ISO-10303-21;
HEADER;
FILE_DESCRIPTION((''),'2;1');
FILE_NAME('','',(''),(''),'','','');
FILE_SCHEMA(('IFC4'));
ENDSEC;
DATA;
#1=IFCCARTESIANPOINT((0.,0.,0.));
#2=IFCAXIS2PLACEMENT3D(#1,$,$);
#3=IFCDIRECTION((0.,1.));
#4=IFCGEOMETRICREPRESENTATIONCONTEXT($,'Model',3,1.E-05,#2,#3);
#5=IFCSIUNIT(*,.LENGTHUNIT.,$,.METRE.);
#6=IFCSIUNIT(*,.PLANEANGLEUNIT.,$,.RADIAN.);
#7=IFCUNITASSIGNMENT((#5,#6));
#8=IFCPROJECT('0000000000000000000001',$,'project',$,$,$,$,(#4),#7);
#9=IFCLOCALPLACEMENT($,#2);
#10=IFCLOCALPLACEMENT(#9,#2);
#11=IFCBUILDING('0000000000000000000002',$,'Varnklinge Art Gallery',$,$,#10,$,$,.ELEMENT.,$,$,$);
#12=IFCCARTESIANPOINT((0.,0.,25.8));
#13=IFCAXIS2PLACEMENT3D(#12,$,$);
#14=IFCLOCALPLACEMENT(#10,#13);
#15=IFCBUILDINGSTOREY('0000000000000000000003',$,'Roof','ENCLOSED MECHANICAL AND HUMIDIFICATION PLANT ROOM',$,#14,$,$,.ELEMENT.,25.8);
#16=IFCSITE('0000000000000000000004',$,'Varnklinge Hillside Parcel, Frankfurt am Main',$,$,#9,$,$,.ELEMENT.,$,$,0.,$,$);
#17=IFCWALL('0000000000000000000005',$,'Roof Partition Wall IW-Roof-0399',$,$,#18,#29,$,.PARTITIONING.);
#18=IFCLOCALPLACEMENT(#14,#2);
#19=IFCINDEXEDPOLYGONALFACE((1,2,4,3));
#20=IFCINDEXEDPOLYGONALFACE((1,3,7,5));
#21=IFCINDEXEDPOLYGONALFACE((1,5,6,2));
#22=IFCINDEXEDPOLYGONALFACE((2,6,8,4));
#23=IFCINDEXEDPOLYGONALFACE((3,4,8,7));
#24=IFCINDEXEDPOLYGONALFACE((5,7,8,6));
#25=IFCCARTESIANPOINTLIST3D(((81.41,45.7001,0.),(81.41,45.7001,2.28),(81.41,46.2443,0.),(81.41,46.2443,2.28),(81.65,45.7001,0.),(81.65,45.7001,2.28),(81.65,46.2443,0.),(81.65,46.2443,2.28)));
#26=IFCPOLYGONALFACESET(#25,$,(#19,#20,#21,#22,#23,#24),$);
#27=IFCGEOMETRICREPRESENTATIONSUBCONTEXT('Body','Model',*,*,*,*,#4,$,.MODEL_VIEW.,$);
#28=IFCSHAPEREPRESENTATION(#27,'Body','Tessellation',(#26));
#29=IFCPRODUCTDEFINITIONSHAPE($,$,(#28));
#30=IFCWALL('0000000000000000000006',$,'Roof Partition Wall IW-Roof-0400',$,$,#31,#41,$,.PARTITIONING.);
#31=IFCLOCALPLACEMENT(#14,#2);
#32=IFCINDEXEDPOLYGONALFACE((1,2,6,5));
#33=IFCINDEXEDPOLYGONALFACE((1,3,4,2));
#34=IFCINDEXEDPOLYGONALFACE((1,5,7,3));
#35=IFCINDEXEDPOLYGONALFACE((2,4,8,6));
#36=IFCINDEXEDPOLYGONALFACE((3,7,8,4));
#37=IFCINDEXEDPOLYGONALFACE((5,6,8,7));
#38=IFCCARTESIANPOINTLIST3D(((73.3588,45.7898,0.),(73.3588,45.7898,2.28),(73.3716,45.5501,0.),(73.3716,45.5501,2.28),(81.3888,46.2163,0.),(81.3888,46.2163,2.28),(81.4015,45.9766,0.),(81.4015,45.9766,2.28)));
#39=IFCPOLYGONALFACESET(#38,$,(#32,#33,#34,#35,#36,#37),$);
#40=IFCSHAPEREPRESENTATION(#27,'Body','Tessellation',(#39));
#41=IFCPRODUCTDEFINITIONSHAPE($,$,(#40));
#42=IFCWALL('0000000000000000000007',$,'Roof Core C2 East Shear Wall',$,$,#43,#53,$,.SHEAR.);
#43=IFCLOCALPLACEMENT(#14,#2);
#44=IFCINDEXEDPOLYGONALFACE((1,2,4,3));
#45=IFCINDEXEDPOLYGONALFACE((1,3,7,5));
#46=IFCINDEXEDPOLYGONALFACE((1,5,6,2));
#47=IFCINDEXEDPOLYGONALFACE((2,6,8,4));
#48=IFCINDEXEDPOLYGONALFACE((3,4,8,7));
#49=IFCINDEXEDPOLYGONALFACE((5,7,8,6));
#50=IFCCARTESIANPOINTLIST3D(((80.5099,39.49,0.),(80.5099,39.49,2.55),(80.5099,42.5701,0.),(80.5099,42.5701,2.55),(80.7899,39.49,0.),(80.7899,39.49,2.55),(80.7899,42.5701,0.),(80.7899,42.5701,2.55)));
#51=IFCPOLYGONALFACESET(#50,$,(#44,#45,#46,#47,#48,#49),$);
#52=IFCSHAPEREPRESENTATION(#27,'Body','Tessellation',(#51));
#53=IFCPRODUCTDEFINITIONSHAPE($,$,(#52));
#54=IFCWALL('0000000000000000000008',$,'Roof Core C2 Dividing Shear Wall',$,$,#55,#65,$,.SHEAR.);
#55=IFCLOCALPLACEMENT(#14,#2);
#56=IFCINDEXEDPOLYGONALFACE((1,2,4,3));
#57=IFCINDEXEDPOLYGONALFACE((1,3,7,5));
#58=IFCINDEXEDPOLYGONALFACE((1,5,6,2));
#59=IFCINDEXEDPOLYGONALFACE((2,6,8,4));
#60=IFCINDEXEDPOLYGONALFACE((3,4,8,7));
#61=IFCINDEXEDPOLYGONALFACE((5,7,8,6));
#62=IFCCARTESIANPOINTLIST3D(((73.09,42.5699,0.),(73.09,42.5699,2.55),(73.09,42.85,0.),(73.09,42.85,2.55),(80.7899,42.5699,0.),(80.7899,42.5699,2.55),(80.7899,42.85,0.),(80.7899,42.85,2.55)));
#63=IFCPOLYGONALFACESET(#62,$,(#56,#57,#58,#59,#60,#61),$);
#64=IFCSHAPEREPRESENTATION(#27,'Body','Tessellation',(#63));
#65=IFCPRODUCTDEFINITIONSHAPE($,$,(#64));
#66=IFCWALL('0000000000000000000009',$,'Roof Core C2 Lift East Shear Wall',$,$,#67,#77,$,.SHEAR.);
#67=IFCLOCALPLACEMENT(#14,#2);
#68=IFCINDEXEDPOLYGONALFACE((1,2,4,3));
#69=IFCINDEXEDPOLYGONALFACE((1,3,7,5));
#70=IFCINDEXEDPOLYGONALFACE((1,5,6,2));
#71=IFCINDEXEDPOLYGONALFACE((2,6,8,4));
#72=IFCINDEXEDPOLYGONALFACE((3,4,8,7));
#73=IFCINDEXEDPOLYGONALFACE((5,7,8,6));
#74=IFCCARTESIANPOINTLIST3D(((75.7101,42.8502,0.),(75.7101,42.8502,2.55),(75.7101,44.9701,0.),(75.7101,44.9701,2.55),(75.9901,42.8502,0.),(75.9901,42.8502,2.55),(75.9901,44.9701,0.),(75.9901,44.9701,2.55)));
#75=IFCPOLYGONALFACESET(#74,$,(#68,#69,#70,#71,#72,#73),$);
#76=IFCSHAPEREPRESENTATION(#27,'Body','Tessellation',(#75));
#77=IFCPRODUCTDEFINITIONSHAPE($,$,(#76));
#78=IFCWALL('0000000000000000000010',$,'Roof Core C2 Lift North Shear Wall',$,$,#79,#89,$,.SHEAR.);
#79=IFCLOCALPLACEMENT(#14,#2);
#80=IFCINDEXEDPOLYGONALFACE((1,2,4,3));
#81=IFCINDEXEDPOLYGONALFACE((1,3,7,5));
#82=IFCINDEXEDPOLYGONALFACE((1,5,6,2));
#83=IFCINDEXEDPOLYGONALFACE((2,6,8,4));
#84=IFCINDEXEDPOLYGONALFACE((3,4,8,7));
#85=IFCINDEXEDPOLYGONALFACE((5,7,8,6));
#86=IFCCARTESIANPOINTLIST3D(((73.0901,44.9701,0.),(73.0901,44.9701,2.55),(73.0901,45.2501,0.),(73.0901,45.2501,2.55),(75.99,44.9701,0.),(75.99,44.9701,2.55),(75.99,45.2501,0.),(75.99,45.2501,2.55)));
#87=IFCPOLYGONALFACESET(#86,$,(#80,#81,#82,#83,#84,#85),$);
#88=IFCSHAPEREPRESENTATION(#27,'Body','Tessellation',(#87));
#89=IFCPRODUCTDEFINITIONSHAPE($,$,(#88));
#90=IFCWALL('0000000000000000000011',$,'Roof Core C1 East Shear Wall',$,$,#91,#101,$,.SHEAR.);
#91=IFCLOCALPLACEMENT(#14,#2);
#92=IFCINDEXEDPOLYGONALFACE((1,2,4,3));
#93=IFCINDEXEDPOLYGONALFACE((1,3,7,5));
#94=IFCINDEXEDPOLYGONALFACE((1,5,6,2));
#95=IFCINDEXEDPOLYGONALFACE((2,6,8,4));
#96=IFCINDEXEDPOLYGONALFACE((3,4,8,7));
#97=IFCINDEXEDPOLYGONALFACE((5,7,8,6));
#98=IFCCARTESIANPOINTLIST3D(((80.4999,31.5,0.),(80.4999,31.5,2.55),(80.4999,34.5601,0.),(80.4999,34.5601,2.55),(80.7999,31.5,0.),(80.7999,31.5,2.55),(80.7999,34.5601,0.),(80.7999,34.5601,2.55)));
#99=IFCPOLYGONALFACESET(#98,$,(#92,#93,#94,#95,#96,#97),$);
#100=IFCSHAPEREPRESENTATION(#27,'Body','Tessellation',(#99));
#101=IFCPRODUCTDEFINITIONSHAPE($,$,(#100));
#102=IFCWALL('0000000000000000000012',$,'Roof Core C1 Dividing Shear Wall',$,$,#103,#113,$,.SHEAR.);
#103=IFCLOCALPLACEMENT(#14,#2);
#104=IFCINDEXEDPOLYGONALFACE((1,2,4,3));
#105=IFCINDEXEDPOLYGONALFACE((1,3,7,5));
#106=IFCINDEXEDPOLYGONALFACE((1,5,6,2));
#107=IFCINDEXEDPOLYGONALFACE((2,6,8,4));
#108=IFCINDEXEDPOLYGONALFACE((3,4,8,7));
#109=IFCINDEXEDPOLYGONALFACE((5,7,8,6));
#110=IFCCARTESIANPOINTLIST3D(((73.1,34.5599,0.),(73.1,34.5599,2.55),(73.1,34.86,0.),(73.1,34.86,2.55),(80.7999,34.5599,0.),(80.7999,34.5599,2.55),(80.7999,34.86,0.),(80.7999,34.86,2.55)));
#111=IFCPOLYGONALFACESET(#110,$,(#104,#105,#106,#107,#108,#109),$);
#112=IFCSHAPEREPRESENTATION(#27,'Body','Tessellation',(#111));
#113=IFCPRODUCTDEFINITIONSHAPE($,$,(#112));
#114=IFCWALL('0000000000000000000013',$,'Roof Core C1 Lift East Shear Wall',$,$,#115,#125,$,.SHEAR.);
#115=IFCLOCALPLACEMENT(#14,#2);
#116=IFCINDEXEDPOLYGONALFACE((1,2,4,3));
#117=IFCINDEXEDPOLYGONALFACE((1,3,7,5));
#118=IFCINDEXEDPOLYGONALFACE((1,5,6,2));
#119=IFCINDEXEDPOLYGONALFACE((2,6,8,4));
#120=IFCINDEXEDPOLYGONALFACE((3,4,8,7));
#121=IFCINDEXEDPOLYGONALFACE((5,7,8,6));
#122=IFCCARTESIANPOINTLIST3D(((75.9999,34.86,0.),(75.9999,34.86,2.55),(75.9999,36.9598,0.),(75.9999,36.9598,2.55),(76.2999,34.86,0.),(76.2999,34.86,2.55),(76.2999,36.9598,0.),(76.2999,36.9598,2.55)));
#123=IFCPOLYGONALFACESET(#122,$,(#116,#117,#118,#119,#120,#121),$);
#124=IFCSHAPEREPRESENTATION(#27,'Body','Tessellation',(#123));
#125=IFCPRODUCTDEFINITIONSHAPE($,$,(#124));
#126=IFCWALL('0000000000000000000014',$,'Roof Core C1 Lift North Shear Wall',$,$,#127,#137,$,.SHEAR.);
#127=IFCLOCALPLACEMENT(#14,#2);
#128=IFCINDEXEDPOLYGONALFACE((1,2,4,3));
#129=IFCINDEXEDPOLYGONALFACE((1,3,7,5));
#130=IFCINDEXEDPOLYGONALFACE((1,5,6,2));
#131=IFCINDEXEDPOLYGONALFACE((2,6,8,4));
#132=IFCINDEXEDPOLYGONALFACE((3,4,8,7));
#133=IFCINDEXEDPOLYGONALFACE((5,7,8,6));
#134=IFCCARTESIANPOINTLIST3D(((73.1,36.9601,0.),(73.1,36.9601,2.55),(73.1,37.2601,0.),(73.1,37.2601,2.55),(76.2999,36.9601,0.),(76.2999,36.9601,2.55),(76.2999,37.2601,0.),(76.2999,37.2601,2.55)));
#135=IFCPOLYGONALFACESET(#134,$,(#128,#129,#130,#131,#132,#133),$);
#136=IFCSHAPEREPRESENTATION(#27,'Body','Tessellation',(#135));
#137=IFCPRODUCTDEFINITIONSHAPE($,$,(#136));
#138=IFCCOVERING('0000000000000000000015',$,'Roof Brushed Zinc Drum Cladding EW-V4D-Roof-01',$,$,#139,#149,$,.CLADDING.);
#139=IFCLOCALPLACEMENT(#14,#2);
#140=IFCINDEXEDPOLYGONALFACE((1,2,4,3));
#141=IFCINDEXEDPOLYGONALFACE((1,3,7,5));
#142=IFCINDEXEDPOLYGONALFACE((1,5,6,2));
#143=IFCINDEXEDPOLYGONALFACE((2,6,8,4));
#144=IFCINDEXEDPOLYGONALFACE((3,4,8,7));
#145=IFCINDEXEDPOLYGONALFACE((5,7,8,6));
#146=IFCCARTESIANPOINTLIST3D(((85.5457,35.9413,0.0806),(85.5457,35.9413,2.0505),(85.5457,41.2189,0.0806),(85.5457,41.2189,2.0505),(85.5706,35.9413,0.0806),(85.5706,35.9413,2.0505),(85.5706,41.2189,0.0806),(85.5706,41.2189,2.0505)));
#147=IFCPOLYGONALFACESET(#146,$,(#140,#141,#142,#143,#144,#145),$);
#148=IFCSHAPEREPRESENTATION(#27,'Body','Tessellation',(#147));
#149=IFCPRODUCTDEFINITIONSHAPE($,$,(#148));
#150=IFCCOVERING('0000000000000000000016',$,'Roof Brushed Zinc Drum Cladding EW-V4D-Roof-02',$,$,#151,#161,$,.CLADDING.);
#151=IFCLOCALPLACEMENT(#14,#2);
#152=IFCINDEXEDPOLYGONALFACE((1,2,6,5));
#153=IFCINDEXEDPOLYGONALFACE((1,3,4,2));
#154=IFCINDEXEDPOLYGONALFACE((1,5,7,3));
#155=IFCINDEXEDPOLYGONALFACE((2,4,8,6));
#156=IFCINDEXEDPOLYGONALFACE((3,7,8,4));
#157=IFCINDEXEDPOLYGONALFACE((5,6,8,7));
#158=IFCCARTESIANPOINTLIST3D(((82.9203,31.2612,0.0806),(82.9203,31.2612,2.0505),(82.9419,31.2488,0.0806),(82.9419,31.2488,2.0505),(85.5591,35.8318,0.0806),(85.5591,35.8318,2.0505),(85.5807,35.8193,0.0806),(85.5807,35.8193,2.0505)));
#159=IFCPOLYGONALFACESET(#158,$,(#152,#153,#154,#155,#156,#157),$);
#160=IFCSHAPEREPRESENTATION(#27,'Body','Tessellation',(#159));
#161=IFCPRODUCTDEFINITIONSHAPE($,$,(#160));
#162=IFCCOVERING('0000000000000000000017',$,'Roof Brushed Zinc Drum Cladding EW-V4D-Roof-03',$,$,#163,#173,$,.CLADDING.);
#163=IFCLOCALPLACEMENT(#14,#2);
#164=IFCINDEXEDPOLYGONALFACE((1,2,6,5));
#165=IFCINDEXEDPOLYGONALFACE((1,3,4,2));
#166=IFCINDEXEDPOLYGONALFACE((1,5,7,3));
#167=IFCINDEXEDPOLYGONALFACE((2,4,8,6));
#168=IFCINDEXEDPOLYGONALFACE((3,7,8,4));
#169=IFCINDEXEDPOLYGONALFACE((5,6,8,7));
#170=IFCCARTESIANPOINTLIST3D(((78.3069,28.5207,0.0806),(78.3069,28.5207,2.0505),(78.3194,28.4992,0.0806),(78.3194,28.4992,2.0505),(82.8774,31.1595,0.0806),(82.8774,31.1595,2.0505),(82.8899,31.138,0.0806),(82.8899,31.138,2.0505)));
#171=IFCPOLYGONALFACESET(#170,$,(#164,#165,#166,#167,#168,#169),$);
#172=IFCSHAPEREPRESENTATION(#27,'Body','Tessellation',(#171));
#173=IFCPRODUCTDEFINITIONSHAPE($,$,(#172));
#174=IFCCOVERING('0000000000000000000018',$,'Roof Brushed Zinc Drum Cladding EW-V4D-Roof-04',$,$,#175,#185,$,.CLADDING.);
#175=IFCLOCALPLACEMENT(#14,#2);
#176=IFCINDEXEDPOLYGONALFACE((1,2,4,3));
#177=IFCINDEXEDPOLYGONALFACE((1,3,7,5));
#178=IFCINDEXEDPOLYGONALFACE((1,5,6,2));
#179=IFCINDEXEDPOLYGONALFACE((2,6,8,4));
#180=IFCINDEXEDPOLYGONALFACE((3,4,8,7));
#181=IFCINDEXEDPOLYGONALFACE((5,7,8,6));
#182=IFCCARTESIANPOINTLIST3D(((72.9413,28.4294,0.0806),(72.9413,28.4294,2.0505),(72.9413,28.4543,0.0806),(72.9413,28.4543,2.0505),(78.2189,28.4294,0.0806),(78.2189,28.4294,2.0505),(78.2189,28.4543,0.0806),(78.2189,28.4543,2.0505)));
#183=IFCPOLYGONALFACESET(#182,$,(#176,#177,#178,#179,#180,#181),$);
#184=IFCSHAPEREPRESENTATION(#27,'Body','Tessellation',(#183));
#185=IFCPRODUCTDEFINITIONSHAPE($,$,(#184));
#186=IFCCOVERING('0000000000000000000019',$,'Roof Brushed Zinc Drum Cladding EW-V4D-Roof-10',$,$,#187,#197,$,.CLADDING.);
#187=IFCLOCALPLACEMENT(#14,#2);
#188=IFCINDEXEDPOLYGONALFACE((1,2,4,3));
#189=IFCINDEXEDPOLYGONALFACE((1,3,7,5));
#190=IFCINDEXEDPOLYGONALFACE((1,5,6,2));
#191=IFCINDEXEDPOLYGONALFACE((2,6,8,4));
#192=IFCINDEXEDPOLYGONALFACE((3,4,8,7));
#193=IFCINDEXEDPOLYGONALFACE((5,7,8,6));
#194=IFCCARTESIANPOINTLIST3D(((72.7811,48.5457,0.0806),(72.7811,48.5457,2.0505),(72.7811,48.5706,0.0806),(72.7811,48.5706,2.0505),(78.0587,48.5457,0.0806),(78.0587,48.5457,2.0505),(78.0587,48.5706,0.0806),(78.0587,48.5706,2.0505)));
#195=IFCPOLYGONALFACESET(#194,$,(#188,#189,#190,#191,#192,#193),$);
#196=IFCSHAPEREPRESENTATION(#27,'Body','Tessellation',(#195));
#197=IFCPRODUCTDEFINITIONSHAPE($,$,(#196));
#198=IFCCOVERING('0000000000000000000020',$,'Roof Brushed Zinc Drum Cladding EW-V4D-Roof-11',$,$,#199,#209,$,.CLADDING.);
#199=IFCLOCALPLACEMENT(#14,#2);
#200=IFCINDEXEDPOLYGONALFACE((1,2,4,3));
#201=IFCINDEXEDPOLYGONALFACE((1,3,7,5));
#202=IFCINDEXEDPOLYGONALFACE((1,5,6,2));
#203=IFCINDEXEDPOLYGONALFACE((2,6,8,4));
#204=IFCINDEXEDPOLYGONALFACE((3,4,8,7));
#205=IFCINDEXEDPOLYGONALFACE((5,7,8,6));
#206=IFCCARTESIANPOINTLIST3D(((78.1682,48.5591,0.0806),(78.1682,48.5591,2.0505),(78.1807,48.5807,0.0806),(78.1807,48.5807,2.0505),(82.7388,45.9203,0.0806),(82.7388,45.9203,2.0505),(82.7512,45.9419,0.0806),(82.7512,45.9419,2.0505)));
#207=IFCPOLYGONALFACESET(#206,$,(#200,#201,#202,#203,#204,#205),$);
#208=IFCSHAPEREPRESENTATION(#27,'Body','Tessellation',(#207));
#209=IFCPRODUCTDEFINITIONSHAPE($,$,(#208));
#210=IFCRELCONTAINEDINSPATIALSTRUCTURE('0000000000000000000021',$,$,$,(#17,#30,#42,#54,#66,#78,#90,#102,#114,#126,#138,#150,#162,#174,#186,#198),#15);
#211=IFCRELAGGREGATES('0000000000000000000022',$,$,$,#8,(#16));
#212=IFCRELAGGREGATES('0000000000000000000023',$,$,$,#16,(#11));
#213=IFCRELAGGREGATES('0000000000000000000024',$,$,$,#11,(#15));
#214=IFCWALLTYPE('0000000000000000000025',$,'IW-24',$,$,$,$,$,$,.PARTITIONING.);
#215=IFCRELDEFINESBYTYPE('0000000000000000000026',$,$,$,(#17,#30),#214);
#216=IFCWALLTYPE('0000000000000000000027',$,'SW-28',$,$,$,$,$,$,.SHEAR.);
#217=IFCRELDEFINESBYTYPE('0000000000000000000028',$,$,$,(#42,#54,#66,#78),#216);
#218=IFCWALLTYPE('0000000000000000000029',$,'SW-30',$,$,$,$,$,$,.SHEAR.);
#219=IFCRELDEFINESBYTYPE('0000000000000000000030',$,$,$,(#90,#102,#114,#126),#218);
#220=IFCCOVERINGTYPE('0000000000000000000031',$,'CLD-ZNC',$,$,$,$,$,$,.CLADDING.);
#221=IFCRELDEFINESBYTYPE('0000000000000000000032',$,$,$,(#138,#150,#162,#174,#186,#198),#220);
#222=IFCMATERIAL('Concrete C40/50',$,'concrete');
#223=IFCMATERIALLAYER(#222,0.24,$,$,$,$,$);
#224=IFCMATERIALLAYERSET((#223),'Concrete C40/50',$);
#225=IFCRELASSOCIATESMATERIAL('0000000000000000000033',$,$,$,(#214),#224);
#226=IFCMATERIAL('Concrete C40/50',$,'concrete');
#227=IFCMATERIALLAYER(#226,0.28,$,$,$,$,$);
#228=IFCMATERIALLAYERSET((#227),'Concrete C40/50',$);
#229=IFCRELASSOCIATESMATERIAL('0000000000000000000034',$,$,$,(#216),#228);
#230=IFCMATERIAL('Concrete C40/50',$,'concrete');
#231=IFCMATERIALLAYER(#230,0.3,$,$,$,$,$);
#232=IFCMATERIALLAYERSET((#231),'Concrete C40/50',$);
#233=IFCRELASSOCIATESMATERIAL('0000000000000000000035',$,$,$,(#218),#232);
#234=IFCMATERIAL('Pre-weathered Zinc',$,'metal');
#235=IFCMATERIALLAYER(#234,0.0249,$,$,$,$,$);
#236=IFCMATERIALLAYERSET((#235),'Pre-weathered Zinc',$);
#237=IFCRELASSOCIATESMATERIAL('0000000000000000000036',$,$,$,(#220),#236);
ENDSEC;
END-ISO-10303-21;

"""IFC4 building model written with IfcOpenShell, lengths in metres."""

from ifc_helpers import new_model, si_unit, direction, frame, frame_2d, origin, origin_2d, place, context, subcontext, project, spatial, rectangle, extrude, material, layer, layer_set, type_object, element, save


model = new_model("IFC4")

# Units and contexts
model_context = context("Model", 3, precision=1e-05, world=origin(), true_north=direction((0.0, 1.0)))
body_context = subcontext(model_context, "Body", "Model", "MODEL_VIEW")
ifc_project = project(units=[si_unit("LENGTHUNIT", "METRE"), si_unit("PLANEANGLEUNIT", "RADIAN")], contexts=[model_context])

# Site, building, storey
site_placement = place(None, origin())
site = spatial("IfcSite", under=ifc_project, at=site_placement, Name="Varnklinge Hillside Parcel, Frankfurt am Main", CompositionType="ELEMENT", RefElevation=0.0)
building_placement = place(site_placement, origin())
building = spatial("IfcBuilding", under=site, at=building_placement, Name="Varnklinge Art Gallery", CompositionType="ELEMENT")
storey_placement = place(building_placement, frame((0.0, 0.0, 25.8)))
storey = spatial("IfcBuildingStorey", under=building, at=storey_placement, Name="Roof", Description="ENCLOSED MECHANICAL AND HUMIDIFICATION PLANT ROOM", CompositionType="ELEMENT", Elevation=25.8)

# Walls
ifc_material_1 = material(Name="Concrete C40/50", Category="concrete")
ifc_layer_1 = layer(ifc_material_1, 0.24)
ifc_layer_set_1 = layer_set([ifc_layer_1], Name="Concrete C40/50")
wall_type_1 = type_object("IfcWallType", Name="IW-24", PredefinedType="PARTITIONING", material=ifc_layer_set_1)
wall_1_placement = place(storey_placement, frame((81.53, 46.2441, 0.0), z_axis=(0.0, 0.0, 1.0), x_axis=(0.0, -1.0, 0.0)))
element("IfcWall", 1, at=wall_1_placement, inside=storey, type_object=wall_type_1, Name="Roof Partition Wall IW-Roof-0399", PredefinedType="PARTITIONING", context=body_context, shape_type="SweptSolid", body=[
    extrude(rectangle(XDim=0.5442, YDim=0.24, at=frame_2d((0.272, 0.0))), origin(), (0.0, 0.0, 1.0), 2.28),
])
wall_2_placement = place(storey_placement, frame((81.395, 46.0964, 0.0), z_axis=(0.0, 0.0, 1.0), x_axis=(-0.998592, -0.05304, 0.0)))
element("IfcWall", 2, at=wall_2_placement, inside=storey, type_object=wall_type_1, Name="Roof Partition Wall IW-Roof-0400", PredefinedType="PARTITIONING", context=body_context, shape_type="SweptSolid", body=[
    extrude(rectangle(XDim=8.0413, YDim=0.24, at=frame_2d((4.0205, 0.0))), origin(), (0.0, 0.0, 1.0), 2.28),
])
ifc_material_2 = material(Name="Concrete C40/50", Category="concrete")
ifc_layer_2 = layer(ifc_material_2, 0.28)
ifc_layer_set_2 = layer_set([ifc_layer_2], Name="Concrete C40/50")
wall_type_2 = type_object("IfcWallType", Name="SW-28", PredefinedType="SHEAR", material=ifc_layer_set_2)
wall_3_placement = place(storey_placement, frame((80.6499, 39.49, 0.0), z_axis=(0.0, 0.0, 1.0), x_axis=(0.0, 1.0, 0.0)))
element("IfcWall", 3, at=wall_3_placement, inside=storey, type_object=wall_type_2, Name="Roof Core C2 East Shear Wall", PredefinedType="SHEAR", context=body_context, shape_type="SweptSolid", body=[
    extrude(rectangle(XDim=3.0801, YDim=0.28, at=frame_2d((1.54, 0.0))), origin(), (0.0, 0.0, 1.0), 2.55),
])
wall_4_placement = place(storey_placement, frame((80.79, 42.71, 0.0), z_axis=(0.0, 0.0, 1.0), x_axis=(-1.0, 0.0, 0.0)))
element("IfcWall", 4, at=wall_4_placement, inside=storey, type_object=wall_type_2, Name="Roof Core C2 Dividing Shear Wall", PredefinedType="SHEAR", context=body_context, shape_type="SweptSolid", body=[
    extrude(rectangle(XDim=7.7, YDim=0.28, at=frame_2d((3.8501, 0.0))), origin(), (0.0, 0.0, 1.0), 2.55),
])
wall_5_placement = place(storey_placement, frame((75.8501, 42.8501, 0.0), z_axis=(0.0, 0.0, 1.0), x_axis=(0.0, 1.0, 0.0)))
element("IfcWall", 5, at=wall_5_placement, inside=storey, type_object=wall_type_2, Name="Roof Core C2 Lift East Shear Wall", PredefinedType="SHEAR", context=body_context, shape_type="SweptSolid", body=[
    extrude(rectangle(XDim=2.1199, YDim=0.28, at=frame_2d((1.0601, 0.0))), origin(), (0.0, 0.0, 1.0), 2.55),
])
wall_6_placement = place(storey_placement, frame((75.99, 45.1101, 0.0), z_axis=(0.0, 0.0, 1.0), x_axis=(-1.0, 0.0, 0.0)))
element("IfcWall", 6, at=wall_6_placement, inside=storey, type_object=wall_type_2, Name="Roof Core C2 Lift North Shear Wall", PredefinedType="SHEAR", context=body_context, shape_type="SweptSolid", body=[
    extrude(rectangle(XDim=2.8999, YDim=0.28, at=frame_2d((1.45, 0.0))), origin(), (0.0, 0.0, 1.0), 2.55),
])
ifc_material_3 = material(Name="Concrete C40/50", Category="concrete")
ifc_layer_3 = layer(ifc_material_3, 0.3)
ifc_layer_set_3 = layer_set([ifc_layer_3], Name="Concrete C40/50")
wall_type_3 = type_object("IfcWallType", Name="SW-30", PredefinedType="SHEAR", material=ifc_layer_set_3)
wall_7_placement = place(storey_placement, frame((80.6499, 31.5, 0.0), z_axis=(0.0, 0.0, 1.0), x_axis=(0.0, 1.0, 0.0)))
element("IfcWall", 7, at=wall_7_placement, inside=storey, type_object=wall_type_3, Name="Roof Core C1 East Shear Wall", PredefinedType="SHEAR", context=body_context, shape_type="SweptSolid", body=[
    extrude(rectangle(XDim=3.0601, YDim=0.3, at=frame_2d((1.53, 0.0))), origin(), (0.0, 0.0, 1.0), 2.55),
])
wall_8_placement = place(storey_placement, frame((80.8, 34.71, 0.0), z_axis=(0.0, 0.0, 1.0), x_axis=(-1.0, 0.0, 0.0)))
element("IfcWall", 8, at=wall_8_placement, inside=storey, type_object=wall_type_3, Name="Roof Core C1 Dividing Shear Wall", PredefinedType="SHEAR", context=body_context, shape_type="SweptSolid", body=[
    extrude(rectangle(XDim=7.7, YDim=0.3, at=frame_2d((3.8501, 0.0))), origin(), (0.0, 0.0, 1.0), 2.55),
])
wall_9_placement = place(storey_placement, frame((76.1499, 34.8601, 0.0), z_axis=(0.0, 0.0, 1.0), x_axis=(0.0, 1.0, 0.0)))
element("IfcWall", 9, at=wall_9_placement, inside=storey, type_object=wall_type_3, Name="Roof Core C1 Lift East Shear Wall", PredefinedType="SHEAR", context=body_context, shape_type="SweptSolid", body=[
    extrude(rectangle(XDim=2.0999, YDim=0.3, at=frame_2d((1.0498, 0.0))), origin(), (0.0, 0.0, 1.0), 2.55),
])
wall_10_placement = place(storey_placement, frame((76.3, 37.1101, 0.0), z_axis=(0.0, 0.0, 1.0), x_axis=(-1.0, 0.0, 0.0)))
element("IfcWall", 10, at=wall_10_placement, inside=storey, type_object=wall_type_3, Name="Roof Core C1 Lift North Shear Wall", PredefinedType="SHEAR", context=body_context, shape_type="SweptSolid", body=[
    extrude(rectangle(XDim=3.2, YDim=0.3, at=frame_2d((1.6001, 0.0))), origin(), (0.0, 0.0, 1.0), 2.55),
])

# Coverings
ifc_material_4 = material(Name="Pre-weathered Zinc", Category="metal")
ifc_layer_4 = layer(ifc_material_4, 0.0249)
ifc_layer_set_4 = layer_set([ifc_layer_4], Name="Pre-weathered Zinc")
covering_type = type_object("IfcCoveringType", Name="CLD-ZNC", PredefinedType="CLADDING", material=ifc_layer_set_4)
for number, where, z_axis, x_axis, name in (
    (11, (85.5581, 38.5801, 0.0806), (0.0, 0.0, 1.0), (0.0, -1.0, 0.0), "Roof Brushed Zinc Drum Cladding EW-V4D-Roof-01"),
    (12, (84.2505, 33.5403, 0.0806), (0.0, 0.0, 1.0), (-0.5, -0.866025, 0.0), "Roof Brushed Zinc Drum Cladding EW-V4D-Roof-02"),
    (13, (80.5984, 29.8293, 0.0806), (0.0, 0.0, 1.0), (-0.866025, -0.5, 0.0), "Roof Brushed Zinc Drum Cladding EW-V4D-Roof-03"),
    (14, (75.5801, 28.4419, 0.0806), (0.0, 0.0, 1.0), (-1.0, 0.0, 0.0), "Roof Brushed Zinc Drum Cladding EW-V4D-Roof-04"),
    (15, (75.4199, 48.5581, 0.0806), (0.0, 0.0, 1.0), (1.0, 0.0, 0.0), "Roof Brushed Zinc Drum Cladding EW-V4D-Roof-10"),
    (16, (80.4597, 47.2505, 0.0806), (0.0, 0.0, 1.0), (0.866025, -0.5, 0.0), "Roof Brushed Zinc Drum Cladding EW-V4D-Roof-11"),
):
    element("IfcCovering", number, at=place(storey_placement, frame(where, z_axis=z_axis, x_axis=x_axis)), inside=storey, type_object=covering_type, Name=name, PredefinedType="CLADDING", context=body_context, shape_type="SweptSolid", body=[
        extrude(rectangle(XDim=5.2776, YDim=0.0249, at=origin_2d()), origin(), (0.0, 0.0, 1.0), 1.97),
    ])

save(model, "model.ifc")
